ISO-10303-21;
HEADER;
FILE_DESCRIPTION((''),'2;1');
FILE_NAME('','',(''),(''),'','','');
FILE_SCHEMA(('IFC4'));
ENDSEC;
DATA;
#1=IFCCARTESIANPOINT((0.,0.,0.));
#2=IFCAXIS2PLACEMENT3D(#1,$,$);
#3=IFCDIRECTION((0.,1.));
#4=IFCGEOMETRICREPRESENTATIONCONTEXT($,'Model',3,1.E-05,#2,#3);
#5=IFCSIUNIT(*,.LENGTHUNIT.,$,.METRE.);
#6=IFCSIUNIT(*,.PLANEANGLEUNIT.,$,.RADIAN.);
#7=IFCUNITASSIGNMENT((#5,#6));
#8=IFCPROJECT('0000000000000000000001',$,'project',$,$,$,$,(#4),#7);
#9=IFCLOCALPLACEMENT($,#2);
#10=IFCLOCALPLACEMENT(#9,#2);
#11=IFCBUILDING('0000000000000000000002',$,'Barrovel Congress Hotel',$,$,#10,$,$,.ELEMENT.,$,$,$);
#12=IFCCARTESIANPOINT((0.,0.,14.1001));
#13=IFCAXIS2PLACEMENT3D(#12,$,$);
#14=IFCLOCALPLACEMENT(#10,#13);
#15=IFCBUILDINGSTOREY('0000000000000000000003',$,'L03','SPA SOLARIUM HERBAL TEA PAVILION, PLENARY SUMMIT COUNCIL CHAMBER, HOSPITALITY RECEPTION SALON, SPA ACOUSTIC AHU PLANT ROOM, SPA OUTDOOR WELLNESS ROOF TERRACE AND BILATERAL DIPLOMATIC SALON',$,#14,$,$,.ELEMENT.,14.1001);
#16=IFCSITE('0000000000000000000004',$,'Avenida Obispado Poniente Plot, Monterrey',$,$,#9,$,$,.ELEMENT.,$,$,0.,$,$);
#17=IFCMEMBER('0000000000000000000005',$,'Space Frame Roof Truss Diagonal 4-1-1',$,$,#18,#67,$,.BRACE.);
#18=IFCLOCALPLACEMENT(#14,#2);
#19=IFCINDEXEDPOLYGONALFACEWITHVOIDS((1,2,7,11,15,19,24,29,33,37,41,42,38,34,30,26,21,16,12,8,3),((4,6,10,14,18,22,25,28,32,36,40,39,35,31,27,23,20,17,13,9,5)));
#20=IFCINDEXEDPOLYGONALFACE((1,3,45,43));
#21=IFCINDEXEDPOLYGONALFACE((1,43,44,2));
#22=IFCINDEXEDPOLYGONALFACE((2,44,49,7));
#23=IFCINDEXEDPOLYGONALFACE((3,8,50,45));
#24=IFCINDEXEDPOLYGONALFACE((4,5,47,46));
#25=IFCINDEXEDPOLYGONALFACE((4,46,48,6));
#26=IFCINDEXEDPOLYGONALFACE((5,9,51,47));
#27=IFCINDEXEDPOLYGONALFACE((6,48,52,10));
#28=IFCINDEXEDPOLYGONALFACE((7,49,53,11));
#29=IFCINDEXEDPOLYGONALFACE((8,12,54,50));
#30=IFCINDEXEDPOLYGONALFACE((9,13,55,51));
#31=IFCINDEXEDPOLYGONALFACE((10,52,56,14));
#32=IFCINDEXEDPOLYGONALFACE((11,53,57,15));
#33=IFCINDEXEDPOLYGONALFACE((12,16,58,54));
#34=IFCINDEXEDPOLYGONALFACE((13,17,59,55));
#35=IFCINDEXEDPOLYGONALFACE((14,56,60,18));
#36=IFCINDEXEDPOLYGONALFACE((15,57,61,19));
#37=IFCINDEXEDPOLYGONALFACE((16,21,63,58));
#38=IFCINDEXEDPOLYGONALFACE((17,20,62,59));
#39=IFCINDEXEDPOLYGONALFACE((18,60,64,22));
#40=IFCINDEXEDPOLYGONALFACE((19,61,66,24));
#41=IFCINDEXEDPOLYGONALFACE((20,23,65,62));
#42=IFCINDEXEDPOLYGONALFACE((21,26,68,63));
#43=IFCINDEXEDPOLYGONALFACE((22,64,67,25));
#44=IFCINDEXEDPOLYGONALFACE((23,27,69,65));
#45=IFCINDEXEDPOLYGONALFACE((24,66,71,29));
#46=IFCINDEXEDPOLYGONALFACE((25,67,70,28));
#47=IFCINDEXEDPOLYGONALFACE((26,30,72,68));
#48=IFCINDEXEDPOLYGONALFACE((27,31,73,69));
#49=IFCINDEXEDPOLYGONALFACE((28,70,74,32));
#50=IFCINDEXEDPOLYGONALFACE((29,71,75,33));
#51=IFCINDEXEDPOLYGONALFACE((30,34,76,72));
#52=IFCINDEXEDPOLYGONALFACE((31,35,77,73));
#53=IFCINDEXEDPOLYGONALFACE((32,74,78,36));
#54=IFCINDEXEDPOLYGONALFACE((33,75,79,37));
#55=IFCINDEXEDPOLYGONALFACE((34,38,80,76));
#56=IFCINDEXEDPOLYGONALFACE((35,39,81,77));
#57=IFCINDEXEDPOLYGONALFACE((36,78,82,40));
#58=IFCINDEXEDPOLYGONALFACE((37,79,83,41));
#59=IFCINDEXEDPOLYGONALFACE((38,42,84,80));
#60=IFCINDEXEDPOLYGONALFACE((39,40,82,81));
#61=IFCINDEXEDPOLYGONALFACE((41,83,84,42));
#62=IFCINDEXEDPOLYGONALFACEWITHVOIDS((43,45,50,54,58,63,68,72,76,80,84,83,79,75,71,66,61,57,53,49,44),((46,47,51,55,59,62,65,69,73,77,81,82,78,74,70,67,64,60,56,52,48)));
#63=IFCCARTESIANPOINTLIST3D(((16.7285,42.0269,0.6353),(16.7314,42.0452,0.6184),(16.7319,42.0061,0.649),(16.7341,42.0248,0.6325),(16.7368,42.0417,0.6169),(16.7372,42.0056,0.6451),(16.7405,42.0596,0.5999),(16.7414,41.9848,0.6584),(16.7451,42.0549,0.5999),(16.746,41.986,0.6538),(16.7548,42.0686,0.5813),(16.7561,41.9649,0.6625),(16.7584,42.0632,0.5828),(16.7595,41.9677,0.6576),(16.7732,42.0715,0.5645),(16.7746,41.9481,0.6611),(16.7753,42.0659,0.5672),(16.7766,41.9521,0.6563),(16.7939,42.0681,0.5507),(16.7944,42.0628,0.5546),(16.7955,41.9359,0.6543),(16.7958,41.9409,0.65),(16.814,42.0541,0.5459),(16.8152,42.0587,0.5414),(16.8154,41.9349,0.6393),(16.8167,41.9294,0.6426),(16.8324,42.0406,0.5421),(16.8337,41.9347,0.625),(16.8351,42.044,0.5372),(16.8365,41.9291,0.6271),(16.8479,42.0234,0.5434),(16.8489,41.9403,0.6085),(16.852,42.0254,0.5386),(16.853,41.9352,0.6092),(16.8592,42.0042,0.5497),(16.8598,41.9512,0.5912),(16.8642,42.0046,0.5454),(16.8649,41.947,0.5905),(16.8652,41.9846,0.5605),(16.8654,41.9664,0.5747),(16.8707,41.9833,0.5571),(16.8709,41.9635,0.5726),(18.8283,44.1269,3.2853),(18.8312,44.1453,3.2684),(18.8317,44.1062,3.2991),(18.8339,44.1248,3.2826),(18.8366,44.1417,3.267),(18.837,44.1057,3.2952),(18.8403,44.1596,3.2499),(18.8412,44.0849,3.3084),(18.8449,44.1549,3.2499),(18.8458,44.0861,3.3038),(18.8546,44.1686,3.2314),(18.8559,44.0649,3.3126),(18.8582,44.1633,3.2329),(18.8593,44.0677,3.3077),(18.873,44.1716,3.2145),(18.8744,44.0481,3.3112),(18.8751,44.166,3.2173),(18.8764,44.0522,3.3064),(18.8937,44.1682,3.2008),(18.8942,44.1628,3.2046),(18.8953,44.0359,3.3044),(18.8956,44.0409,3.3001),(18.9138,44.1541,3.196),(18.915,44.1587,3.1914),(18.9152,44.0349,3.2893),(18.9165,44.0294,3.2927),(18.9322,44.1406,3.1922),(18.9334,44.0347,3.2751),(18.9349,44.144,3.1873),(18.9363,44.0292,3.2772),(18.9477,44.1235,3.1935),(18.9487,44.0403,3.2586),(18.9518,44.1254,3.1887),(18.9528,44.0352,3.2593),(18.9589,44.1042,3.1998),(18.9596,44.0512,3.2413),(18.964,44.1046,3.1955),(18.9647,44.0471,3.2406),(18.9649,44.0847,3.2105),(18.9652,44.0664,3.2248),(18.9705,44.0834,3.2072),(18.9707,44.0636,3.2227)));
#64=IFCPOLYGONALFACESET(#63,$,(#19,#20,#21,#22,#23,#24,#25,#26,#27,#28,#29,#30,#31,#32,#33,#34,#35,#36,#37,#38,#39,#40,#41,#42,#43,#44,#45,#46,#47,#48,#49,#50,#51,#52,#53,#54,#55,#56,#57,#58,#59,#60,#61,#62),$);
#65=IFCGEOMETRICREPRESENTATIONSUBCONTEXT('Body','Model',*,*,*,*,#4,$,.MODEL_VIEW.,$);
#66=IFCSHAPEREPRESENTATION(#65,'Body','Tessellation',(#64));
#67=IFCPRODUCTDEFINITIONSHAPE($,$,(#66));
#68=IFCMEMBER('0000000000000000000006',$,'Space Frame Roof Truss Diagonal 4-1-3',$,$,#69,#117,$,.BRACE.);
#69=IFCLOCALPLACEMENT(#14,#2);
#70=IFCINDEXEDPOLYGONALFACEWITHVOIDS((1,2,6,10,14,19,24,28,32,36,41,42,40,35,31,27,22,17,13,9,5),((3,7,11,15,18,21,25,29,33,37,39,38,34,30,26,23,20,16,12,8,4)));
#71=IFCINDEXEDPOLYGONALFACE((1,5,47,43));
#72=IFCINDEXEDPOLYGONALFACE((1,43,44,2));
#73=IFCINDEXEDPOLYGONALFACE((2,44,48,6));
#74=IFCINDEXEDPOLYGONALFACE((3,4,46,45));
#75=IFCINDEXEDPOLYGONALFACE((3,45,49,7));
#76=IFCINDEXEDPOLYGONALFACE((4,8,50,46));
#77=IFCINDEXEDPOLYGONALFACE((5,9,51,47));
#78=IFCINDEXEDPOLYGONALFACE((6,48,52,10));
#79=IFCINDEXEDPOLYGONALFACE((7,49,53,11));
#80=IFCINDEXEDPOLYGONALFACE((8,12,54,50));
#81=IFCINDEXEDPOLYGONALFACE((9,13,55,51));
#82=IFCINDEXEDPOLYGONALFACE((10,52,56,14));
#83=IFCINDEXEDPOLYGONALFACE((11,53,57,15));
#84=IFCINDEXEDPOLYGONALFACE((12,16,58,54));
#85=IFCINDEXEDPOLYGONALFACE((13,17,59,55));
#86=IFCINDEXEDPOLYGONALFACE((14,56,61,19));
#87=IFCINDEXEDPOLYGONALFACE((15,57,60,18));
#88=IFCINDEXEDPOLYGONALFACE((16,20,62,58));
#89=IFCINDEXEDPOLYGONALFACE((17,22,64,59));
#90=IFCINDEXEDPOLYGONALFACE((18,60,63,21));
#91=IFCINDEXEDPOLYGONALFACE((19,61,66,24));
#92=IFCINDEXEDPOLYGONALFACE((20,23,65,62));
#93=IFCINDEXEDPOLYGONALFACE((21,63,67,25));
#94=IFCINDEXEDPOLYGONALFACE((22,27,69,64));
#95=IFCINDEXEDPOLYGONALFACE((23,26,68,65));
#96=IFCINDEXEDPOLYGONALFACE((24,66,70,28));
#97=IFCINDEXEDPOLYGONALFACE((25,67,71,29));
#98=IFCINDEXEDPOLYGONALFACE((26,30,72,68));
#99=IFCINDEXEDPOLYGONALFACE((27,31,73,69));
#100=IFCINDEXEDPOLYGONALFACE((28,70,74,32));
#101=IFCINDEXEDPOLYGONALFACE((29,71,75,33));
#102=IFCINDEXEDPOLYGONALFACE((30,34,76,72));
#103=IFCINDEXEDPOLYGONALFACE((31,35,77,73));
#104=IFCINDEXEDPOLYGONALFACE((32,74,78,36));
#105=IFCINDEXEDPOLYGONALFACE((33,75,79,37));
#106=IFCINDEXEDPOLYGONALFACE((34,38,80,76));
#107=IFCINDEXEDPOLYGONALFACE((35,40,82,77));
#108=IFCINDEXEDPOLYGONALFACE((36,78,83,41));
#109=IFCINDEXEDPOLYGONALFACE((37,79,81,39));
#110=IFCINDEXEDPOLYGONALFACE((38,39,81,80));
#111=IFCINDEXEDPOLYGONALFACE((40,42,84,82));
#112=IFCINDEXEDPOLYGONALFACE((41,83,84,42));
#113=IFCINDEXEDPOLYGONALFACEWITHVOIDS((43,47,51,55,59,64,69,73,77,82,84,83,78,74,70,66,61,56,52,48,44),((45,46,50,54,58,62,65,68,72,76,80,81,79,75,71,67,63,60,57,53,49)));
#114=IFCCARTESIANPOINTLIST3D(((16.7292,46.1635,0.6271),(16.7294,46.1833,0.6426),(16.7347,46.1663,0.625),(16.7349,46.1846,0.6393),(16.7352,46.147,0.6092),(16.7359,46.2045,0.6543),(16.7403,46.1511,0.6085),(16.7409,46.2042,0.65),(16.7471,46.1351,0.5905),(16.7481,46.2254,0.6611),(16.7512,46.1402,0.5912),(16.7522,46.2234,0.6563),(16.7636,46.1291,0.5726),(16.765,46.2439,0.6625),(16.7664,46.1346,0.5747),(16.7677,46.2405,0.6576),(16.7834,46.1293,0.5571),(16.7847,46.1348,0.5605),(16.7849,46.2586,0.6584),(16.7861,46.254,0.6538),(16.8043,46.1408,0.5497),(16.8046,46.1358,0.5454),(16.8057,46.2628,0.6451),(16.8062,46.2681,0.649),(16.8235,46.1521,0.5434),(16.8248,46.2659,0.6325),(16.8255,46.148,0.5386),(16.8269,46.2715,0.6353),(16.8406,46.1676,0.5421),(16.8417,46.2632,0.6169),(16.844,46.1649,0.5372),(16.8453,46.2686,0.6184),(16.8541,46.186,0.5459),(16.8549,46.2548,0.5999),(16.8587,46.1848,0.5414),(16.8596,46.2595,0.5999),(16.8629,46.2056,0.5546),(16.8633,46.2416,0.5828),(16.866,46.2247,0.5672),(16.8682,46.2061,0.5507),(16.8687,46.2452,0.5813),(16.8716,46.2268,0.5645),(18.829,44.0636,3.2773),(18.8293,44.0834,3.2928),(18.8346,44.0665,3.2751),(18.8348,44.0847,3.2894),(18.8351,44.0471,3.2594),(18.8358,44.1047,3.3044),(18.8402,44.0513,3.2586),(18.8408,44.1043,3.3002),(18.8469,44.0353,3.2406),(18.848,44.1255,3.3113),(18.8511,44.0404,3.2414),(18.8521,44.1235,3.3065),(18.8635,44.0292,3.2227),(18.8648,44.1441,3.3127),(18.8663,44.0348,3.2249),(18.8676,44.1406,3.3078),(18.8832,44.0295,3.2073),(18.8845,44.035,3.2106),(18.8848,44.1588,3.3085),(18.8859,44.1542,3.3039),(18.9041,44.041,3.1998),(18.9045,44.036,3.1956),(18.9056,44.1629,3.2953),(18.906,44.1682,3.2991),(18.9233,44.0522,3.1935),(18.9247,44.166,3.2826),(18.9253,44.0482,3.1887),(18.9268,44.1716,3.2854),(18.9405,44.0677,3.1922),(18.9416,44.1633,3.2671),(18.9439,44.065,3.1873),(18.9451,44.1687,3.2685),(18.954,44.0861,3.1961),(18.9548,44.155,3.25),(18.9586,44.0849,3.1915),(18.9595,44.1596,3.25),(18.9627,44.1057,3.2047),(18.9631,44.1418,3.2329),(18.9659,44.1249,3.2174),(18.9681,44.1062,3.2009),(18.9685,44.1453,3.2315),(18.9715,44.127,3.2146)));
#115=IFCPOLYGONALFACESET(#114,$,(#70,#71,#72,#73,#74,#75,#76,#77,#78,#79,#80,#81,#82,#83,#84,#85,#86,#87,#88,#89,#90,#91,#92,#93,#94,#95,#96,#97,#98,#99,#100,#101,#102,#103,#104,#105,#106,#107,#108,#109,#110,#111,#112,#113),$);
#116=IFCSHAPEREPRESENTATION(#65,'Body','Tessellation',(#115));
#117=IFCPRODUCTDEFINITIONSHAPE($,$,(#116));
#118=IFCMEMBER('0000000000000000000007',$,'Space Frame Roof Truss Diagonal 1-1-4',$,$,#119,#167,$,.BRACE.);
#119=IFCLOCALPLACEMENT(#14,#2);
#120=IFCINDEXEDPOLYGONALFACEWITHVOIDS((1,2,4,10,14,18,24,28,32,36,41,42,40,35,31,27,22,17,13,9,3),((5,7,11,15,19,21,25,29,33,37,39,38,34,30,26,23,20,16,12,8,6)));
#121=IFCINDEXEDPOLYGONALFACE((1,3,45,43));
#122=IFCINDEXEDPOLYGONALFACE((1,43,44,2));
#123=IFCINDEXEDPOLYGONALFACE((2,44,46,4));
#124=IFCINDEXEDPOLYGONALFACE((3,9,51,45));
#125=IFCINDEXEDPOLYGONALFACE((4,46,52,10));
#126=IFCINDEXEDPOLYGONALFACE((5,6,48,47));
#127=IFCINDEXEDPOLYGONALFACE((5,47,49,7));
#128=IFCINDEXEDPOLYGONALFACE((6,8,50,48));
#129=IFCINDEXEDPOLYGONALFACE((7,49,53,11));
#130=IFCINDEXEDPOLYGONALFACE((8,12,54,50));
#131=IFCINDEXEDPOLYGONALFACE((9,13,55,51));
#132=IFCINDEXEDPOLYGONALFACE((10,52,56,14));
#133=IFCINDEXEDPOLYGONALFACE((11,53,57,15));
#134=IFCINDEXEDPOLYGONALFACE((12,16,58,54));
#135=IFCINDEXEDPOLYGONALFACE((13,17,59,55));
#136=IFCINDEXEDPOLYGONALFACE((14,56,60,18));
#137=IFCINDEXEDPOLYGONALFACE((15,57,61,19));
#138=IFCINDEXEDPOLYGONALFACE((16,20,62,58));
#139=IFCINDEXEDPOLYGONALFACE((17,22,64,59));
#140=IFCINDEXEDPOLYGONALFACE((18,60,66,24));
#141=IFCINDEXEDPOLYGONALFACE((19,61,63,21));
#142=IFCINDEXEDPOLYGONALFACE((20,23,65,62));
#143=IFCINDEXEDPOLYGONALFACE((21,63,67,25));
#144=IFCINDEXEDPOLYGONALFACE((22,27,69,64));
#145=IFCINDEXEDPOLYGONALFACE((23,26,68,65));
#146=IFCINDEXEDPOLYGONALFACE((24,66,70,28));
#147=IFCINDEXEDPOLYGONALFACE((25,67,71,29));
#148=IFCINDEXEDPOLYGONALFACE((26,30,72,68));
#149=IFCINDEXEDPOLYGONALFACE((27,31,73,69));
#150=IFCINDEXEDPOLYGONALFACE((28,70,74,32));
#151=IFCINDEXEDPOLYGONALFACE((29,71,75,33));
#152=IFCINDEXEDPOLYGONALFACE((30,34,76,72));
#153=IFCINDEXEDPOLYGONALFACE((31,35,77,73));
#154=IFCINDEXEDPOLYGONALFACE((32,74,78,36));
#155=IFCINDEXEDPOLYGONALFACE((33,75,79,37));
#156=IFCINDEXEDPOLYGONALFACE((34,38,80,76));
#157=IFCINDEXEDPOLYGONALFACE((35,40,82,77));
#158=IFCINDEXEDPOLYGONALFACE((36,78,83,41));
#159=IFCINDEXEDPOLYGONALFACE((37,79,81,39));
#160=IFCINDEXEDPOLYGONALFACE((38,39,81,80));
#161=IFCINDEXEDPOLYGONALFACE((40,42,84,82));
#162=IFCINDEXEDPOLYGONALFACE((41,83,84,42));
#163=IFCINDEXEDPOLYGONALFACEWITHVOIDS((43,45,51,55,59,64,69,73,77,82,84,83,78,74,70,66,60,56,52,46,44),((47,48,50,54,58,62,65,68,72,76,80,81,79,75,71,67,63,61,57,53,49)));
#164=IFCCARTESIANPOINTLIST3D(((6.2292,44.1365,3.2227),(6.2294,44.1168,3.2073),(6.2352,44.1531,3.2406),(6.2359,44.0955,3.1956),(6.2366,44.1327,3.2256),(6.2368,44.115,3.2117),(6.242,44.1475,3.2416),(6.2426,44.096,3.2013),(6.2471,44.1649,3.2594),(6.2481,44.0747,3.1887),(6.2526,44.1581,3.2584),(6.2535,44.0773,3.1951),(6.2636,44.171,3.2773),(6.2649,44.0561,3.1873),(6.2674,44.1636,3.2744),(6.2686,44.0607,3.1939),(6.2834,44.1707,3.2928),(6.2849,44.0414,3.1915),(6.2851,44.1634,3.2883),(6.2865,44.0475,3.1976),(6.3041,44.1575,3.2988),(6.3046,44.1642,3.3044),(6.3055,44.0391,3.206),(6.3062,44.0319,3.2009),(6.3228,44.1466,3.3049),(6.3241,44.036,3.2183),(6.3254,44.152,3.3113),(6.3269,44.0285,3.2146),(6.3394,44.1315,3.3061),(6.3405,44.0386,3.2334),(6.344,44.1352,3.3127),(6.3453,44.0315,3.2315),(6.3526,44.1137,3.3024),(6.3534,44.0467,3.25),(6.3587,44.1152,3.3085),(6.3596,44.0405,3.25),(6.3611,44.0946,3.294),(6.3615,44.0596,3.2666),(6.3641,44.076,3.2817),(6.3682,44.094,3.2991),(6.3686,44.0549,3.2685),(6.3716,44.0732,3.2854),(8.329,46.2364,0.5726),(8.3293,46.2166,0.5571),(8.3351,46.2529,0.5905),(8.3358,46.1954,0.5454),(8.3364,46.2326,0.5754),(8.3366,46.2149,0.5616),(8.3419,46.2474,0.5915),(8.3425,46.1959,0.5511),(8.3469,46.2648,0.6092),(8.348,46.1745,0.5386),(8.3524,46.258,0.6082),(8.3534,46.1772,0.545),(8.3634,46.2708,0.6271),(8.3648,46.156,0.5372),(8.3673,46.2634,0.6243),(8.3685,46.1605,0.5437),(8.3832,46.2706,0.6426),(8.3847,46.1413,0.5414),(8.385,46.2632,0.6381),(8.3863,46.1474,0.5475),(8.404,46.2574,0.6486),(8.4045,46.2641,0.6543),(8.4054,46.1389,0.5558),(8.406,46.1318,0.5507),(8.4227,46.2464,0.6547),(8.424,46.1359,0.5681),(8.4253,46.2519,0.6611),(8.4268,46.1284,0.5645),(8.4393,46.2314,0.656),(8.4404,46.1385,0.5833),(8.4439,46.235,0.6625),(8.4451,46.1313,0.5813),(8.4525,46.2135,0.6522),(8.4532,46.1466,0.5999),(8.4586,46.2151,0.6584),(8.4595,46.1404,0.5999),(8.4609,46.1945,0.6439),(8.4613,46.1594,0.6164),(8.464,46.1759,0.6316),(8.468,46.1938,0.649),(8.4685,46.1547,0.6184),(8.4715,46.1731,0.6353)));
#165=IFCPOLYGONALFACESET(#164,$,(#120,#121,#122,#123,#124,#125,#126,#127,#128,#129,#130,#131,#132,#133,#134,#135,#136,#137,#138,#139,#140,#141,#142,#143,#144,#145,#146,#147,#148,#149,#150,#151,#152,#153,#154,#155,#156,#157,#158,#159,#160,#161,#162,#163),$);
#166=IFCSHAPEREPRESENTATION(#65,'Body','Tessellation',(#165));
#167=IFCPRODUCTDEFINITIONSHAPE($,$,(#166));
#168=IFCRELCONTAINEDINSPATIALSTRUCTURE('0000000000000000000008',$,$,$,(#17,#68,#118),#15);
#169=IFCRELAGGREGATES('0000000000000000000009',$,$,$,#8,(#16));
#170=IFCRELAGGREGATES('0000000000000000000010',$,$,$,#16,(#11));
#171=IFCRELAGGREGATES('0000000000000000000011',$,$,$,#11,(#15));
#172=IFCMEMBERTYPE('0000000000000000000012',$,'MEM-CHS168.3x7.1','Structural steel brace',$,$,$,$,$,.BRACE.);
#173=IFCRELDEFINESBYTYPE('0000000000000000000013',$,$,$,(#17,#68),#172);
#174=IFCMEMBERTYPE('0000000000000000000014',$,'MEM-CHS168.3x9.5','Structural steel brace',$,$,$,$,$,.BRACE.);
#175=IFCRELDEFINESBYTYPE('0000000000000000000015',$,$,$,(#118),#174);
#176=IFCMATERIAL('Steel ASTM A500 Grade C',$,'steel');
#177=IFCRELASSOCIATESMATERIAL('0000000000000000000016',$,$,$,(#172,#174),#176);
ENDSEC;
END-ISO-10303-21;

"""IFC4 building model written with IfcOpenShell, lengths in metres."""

from ifc_helpers import new_model, si_unit, direction, frame, origin, origin_2d, place, context, subcontext, project, spatial, hollow_circle, extrude, material, material_profile, profile_set, type_object, element, save


model = new_model("IFC4")

# Units and contexts
model_context = context("Model", 3, precision=1e-05, world=origin(), true_north=direction((0.0, 1.0)))
body_context = subcontext(model_context, "Body", "Model", "MODEL_VIEW")
ifc_project = project(units=[si_unit("LENGTHUNIT", "METRE"), si_unit("PLANEANGLEUNIT", "RADIAN")], contexts=[model_context])

# Site, building, storey
site_placement = place(None, origin())
site = spatial("IfcSite", under=ifc_project, at=site_placement, Name="Avenida Obispado Poniente Plot, Monterrey", CompositionType="ELEMENT", RefElevation=0.0)
building_placement = place(site_placement, origin())
building = spatial("IfcBuilding", under=site, at=building_placement, Name="Barrovel Congress Hotel", CompositionType="ELEMENT")
storey_placement = place(building_placement, frame((0.0, 0.0, 14.1001)))
storey = spatial("IfcBuildingStorey", under=building, at=storey_placement, Name="L03", Description="SPA SOLARIUM HERBAL TEA PAVILION, PLENARY SUMMIT COUNCIL CHAMBER, HOSPITALITY RECEPTION SALON, SPA ACOUSTIC AHU PLANT ROOM, SPA OUTDOOR WELLNESS ROOF TERRACE AND BILATERAL DIPLOMATIC SALON", CompositionType="ELEMENT", Elevation=14.1001)

# Members
ifc_material_1 = material(Name="Steel ASTM A500 Grade C", Category="steel")
ifc_material_profile_1 = material_profile(ifc_material_1, hollow_circle(Radius=0.0842, WallThickness=0.0066, at=origin_2d()), Name="CHS168.3x7.1")
ifc_profile_set_1 = profile_set([ifc_material_profile_1], Name="Steel ASTM A500 Grade C")
member_type_1 = type_object("IfcMemberType", Name="MEM-CHS168.3x7.1", Description="Structural steel brace", PredefinedType="BRACE", material=ifc_profile_set_1)
for number, where, z_axis, x_axis, name in (
    (1, (16.8, 42.0, 0.5999), (0.527557, 0.527618, 0.66581), (-0.707148, 0.707066, 0.0), "Space Frame Roof Truss Diagonal 4-1-1"),
    (2, (16.8, 46.2, 0.5999), (0.527574, -0.527574, 0.665831), (0.707107, 0.707107, 0.0), "Space Frame Roof Truss Diagonal 4-1-3"),
):
    element("IfcMember", number, at=place(storey_placement, frame(where, z_axis=z_axis, x_axis=x_axis)), inside=storey, type_object=member_type_1, Name=name, PredefinedType="BRACE", context=body_context, shape_type="SweptSolid", body=[
        extrude(hollow_circle(Radius=0.0842, WallThickness=0.0066, at=origin_2d()), origin(), (0.0, 0.0, 1.0), 3.9802),
    ])
ifc_material_profile_2 = material_profile(ifc_material_1, hollow_circle(Radius=0.0842, WallThickness=0.0088, at=origin_2d()), Name="CHS168.3x9.5")
ifc_profile_set_2 = profile_set([ifc_material_profile_2], Name="Steel ASTM A500 Grade C")
member_type_2 = type_object("IfcMemberType", Name="MEM-CHS168.3x9.5", Description="Structural steel brace", PredefinedType="BRACE", material=ifc_profile_set_2)
member_1_placement = place(storey_placement, frame((8.3999, 46.2, 0.5999), z_axis=(-0.527574, -0.527574, 0.665831), x_axis=(0.707107, -0.707107, 0.0)))
element("IfcMember", 3, at=member_1_placement, inside=storey, type_object=member_type_2, Name="Space Frame Roof Truss Diagonal 1-1-4", PredefinedType="BRACE", context=body_context, shape_type="SweptSolid", body=[
    extrude(hollow_circle(Radius=0.0842, WallThickness=0.0088, at=origin_2d()), origin(), (0.0, 0.0, 1.0), 3.9802),
])

save(model, "model.ifc")
